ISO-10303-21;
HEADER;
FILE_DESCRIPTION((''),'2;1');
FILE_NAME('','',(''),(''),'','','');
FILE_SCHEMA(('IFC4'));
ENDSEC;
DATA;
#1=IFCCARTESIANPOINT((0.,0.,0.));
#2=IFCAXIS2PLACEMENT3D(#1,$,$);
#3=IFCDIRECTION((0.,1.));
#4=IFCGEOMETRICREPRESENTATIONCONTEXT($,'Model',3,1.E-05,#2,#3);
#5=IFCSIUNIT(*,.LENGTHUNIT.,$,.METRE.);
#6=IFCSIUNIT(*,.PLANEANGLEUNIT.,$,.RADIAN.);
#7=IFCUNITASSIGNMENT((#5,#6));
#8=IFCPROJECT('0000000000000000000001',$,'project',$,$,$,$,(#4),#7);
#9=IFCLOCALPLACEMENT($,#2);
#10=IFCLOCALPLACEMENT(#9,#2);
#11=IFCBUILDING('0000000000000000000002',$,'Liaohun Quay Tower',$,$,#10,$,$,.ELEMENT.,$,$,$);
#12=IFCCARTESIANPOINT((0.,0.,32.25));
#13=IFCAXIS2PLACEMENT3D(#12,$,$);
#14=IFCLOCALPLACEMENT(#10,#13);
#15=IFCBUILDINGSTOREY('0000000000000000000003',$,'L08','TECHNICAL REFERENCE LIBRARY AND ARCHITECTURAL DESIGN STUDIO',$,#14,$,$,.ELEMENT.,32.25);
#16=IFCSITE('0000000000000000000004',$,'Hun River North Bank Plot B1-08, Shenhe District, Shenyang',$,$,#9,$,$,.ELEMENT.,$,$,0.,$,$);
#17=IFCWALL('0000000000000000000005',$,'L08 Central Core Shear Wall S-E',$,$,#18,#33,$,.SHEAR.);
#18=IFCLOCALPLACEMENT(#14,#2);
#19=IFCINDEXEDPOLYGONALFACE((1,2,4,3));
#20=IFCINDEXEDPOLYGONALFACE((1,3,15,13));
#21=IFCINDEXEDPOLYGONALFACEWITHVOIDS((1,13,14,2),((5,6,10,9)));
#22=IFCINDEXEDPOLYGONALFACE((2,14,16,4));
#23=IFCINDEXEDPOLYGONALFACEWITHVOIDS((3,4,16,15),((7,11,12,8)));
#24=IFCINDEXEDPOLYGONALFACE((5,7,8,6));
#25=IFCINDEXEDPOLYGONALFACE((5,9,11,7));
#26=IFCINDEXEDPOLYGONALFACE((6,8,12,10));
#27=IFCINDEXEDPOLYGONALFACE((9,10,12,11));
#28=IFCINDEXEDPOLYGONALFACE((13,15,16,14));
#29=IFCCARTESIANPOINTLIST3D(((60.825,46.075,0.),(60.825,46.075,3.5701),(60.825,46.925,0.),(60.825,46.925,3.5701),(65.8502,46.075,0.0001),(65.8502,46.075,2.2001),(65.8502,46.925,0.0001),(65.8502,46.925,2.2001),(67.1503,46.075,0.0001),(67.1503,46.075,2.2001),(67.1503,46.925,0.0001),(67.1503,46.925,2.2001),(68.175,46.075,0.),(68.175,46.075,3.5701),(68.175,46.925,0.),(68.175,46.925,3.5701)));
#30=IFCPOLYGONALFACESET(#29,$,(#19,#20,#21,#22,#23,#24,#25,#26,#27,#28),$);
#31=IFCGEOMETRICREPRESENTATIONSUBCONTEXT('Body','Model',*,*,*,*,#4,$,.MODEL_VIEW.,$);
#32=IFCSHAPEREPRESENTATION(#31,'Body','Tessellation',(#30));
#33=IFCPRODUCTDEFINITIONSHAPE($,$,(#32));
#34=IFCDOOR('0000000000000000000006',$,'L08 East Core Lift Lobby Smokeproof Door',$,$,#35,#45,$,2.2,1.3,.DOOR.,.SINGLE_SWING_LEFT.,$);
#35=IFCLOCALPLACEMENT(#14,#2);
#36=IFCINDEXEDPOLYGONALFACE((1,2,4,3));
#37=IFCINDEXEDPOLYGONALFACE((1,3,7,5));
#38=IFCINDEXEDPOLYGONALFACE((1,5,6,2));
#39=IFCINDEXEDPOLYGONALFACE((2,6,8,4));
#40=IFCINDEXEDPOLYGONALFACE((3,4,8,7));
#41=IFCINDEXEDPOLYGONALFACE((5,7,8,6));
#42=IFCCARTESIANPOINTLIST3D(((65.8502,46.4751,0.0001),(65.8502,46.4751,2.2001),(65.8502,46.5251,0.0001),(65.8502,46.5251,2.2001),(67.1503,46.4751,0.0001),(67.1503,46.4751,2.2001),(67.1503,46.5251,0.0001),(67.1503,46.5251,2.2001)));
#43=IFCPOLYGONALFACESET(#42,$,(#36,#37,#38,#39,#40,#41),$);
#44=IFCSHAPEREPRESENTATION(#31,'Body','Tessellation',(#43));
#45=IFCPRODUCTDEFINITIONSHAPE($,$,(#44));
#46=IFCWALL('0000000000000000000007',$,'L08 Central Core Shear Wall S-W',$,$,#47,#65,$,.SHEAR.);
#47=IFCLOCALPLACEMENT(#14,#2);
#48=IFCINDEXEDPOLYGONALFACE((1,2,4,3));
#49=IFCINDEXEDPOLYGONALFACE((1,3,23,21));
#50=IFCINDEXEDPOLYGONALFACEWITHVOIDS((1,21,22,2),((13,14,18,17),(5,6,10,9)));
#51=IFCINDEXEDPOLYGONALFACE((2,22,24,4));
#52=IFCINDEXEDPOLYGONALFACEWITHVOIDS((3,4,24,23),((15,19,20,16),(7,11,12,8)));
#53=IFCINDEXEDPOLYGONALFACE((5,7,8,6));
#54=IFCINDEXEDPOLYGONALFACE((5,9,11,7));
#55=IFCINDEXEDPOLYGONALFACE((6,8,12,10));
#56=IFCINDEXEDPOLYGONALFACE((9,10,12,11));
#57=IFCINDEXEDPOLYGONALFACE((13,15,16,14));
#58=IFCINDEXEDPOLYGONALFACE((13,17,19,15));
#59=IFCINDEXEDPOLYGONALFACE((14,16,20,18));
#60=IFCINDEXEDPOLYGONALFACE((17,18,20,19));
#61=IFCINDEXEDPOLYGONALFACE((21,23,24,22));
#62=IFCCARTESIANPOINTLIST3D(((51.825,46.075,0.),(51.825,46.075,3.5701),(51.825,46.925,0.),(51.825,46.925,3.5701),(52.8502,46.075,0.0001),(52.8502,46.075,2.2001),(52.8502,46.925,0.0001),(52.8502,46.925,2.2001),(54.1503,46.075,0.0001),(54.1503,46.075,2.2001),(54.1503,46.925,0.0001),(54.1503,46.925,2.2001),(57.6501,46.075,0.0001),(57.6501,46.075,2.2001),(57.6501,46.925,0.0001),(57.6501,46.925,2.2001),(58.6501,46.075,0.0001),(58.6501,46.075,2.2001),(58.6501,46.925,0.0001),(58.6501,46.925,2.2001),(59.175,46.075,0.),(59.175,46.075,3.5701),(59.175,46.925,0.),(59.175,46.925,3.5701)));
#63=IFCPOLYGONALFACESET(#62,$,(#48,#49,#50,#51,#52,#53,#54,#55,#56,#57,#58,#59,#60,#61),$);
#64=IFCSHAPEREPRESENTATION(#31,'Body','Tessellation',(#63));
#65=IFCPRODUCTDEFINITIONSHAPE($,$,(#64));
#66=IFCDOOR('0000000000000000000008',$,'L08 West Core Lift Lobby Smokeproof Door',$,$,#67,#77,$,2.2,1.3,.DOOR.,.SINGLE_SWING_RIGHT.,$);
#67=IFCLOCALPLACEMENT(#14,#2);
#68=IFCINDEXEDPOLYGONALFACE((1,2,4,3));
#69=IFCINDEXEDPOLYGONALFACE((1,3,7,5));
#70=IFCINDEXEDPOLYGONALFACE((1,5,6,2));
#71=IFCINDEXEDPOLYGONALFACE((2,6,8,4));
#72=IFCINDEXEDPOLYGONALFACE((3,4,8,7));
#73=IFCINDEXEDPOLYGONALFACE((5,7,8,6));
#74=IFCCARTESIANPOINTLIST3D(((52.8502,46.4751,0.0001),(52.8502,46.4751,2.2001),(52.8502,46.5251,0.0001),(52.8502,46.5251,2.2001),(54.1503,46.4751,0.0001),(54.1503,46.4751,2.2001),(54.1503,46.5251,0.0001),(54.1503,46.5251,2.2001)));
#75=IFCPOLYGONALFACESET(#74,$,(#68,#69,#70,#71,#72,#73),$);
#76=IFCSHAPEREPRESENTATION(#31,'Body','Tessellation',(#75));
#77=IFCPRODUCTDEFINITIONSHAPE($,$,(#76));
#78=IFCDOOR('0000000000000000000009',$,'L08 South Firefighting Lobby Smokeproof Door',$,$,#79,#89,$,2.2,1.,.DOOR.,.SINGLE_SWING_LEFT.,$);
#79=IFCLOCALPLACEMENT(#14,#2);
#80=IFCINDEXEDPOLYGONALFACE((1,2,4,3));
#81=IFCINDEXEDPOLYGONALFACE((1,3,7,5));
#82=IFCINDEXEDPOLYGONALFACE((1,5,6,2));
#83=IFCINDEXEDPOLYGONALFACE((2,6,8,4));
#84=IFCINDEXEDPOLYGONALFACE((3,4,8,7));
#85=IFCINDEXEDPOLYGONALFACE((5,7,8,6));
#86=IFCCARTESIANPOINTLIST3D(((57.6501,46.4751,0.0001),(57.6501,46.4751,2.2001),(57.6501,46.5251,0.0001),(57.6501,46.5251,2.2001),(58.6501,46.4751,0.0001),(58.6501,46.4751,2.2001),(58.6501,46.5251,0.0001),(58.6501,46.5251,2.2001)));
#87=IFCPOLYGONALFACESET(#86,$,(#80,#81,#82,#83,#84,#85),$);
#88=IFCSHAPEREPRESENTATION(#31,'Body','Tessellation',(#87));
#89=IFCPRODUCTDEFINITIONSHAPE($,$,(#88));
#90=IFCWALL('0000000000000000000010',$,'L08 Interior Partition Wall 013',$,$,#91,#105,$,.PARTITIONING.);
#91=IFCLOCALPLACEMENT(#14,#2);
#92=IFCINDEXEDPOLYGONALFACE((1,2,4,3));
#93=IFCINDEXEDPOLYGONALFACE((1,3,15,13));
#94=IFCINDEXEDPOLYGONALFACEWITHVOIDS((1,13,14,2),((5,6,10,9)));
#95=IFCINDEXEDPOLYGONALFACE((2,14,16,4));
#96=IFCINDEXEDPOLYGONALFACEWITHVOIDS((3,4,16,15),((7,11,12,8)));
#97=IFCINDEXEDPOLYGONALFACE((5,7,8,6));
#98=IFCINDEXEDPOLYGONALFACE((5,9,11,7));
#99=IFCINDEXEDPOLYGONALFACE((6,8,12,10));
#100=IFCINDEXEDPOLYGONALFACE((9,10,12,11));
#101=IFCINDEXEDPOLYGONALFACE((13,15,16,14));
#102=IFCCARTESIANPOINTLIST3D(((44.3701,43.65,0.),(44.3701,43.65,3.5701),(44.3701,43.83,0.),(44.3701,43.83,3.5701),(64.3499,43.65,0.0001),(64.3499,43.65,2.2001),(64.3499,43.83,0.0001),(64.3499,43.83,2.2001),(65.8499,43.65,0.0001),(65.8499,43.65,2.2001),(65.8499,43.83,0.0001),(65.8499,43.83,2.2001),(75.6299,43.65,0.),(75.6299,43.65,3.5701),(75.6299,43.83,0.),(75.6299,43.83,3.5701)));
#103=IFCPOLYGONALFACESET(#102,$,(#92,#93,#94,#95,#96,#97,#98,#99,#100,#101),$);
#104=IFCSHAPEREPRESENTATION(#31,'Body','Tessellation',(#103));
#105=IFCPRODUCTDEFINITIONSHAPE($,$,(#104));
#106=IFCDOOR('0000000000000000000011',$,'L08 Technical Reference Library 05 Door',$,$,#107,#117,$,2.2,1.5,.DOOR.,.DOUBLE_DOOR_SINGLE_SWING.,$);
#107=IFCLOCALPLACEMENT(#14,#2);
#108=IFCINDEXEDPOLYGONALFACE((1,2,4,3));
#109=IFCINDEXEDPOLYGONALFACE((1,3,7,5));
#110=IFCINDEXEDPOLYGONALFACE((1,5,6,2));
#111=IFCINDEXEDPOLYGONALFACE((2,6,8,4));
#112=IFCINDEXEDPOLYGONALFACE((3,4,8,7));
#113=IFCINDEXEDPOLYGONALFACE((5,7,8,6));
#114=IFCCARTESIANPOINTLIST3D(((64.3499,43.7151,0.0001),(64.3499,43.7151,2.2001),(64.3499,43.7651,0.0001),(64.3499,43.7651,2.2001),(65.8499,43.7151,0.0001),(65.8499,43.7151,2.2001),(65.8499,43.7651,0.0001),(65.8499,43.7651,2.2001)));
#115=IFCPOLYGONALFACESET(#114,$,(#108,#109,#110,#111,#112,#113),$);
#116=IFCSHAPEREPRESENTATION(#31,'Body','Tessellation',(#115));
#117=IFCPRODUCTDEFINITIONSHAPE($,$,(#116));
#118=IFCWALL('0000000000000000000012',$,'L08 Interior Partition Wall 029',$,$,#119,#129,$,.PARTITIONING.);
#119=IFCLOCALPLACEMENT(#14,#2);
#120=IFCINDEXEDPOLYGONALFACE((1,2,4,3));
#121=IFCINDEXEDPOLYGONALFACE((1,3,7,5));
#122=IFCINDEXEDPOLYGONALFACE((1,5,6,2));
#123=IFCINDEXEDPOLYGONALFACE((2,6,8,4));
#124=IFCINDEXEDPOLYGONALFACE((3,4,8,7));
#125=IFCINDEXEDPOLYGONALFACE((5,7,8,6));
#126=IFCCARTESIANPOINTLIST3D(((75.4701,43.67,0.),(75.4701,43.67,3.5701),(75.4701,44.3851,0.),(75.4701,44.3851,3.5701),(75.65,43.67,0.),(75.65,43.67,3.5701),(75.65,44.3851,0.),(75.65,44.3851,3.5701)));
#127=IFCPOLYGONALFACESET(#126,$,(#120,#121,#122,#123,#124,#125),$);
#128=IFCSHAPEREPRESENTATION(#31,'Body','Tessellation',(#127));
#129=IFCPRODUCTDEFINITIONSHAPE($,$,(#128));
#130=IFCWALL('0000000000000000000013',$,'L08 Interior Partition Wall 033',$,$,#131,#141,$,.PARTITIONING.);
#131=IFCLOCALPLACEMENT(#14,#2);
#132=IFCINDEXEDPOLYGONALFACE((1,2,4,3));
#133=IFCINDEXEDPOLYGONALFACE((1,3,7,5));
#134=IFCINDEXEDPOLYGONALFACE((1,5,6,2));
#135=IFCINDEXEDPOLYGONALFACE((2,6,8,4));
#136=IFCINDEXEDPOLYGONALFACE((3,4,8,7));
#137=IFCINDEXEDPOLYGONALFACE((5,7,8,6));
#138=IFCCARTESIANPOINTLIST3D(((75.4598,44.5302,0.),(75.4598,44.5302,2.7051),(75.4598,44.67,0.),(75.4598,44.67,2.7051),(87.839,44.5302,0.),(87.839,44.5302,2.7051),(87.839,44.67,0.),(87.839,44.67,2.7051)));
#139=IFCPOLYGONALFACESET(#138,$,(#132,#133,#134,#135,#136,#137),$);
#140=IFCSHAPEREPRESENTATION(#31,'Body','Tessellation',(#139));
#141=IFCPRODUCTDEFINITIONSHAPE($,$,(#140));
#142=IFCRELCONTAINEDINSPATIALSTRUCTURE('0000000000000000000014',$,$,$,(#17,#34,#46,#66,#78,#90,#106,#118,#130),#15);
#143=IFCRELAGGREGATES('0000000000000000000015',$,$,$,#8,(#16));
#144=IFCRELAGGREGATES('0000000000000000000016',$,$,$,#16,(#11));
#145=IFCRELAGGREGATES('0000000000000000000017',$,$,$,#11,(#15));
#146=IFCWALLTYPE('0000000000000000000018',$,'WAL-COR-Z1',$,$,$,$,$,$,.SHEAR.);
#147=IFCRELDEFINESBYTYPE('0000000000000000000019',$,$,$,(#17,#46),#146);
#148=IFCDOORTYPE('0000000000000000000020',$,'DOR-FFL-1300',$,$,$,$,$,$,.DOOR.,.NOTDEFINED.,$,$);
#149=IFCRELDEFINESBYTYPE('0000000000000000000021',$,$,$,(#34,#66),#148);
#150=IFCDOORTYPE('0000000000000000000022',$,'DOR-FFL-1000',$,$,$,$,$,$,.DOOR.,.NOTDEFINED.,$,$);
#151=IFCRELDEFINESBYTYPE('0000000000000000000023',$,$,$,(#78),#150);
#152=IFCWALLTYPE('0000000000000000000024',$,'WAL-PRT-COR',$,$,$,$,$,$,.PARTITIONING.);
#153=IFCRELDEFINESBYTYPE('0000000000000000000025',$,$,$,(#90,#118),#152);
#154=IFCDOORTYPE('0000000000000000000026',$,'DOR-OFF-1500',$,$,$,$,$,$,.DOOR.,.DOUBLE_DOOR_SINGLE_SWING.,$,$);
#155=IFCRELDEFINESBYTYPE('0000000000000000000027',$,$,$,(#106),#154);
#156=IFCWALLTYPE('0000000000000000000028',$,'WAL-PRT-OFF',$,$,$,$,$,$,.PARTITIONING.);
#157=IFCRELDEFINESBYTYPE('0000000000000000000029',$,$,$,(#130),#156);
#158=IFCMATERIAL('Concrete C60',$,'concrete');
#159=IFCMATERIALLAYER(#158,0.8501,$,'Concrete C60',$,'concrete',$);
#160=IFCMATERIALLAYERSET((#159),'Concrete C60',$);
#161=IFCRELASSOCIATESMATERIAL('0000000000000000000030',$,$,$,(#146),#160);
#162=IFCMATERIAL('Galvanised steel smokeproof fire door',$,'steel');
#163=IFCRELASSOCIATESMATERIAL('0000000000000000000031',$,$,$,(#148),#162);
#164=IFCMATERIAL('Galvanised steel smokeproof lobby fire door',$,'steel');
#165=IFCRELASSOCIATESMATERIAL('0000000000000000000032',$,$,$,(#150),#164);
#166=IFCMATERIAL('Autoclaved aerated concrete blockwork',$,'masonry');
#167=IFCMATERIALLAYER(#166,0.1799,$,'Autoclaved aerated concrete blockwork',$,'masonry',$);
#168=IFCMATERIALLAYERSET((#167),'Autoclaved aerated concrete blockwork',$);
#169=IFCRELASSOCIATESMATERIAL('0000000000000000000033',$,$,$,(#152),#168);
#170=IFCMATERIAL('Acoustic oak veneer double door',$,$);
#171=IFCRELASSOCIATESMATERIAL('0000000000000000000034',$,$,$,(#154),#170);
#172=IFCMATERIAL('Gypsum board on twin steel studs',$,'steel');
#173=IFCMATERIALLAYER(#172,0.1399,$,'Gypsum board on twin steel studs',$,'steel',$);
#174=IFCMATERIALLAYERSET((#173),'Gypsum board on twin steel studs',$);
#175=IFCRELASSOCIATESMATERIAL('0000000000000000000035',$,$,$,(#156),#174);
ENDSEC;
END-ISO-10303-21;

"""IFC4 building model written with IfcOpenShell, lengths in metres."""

from ifc_helpers import new_model, si_unit, direction, frame, frame_2d, origin, place, context, subcontext, project, spatial, rectangle, extrude, source, transform, mapped, material, layer, layer_set, type_object, element, fill, save


model = new_model("IFC4")

# Units and contexts
model_context = context("Model", 3, precision=1e-05, world=origin(), true_north=direction((0.0, 1.0)))
body_context = subcontext(model_context, "Body", "Model", "MODEL_VIEW")
ifc_project = project(units=[si_unit("LENGTHUNIT", "METRE"), si_unit("PLANEANGLEUNIT", "RADIAN")], contexts=[model_context])

# Site, building, storey
site_placement = place(None, origin())
site = spatial("IfcSite", under=ifc_project, at=site_placement, Name="Hun River North Bank Plot B1-08, Shenhe District, Shenyang", CompositionType="ELEMENT", RefElevation=0.0)
building_placement = place(site_placement, origin())
building = spatial("IfcBuilding", under=site, at=building_placement, Name="Liaohun Quay Tower", CompositionType="ELEMENT")
storey_placement = place(building_placement, frame((0.0, 0.0, 32.25)))
storey = spatial("IfcBuildingStorey", under=building, at=storey_placement, Name="L08", Description="TECHNICAL REFERENCE LIBRARY AND ARCHITECTURAL DESIGN STUDIO", CompositionType="ELEMENT", Elevation=32.25)

# Shared definitions
ifc_material_1 = material(Name="Concrete C60", Category="concrete")

# Wall, opening, door
ifc_layer_1 = layer(ifc_material_1, 0.8501, Name="Concrete C60", Category="concrete")
ifc_layer_set_1 = layer_set([ifc_layer_1], Name="Concrete C60")
wall_type_1 = type_object("IfcWallType", Name="WAL-COR-Z1", PredefinedType="SHEAR", material=ifc_layer_set_1)
wall_1_placement = place(storey_placement, frame((68.175, 46.5, 0.0), z_axis=(0.0, 0.0, 1.0), x_axis=(-1.0, 0.0, 0.0)))
wall_1 = element("IfcWall", 1, at=wall_1_placement, inside=storey, type_object=wall_type_1, Name="L08 Central Core Shear Wall S-E", PredefinedType="SHEAR", context=body_context, shape_type="SweptSolid", body=[
    extrude(rectangle(XDim=7.3501, YDim=0.8501, at=frame_2d((3.675, 0.0))), origin(), (0.0, 0.0, 1.0), 3.5701),
])
shared_shape_1 = source(origin(), body_context, "Body", "SweptSolid", [
    extrude(rectangle(XDim=1.3, YDim=2.2, at=frame_2d((0.6499, 1.1001))), frame((0.0, 0.4351, 0.0), z_axis=(0.0, -1.0, 0.0), x_axis=(1.0, 0.0, 0.0)), (0.0, 0.0, 1.0), 0.8701),
])
opening_1_placement = place(wall_1_placement, frame((1.0249, 0.0, 0.0)))
opening_1 = element("IfcOpeningElement", 2, at=opening_1_placement, cuts=wall_1, PredefinedType="OPENING", context=body_context, shape_type="MappedRepresentation", body=[
    mapped(shared_shape_1, transform((0.0, 0.0, 0.0), x_axis=(1.0, 0.0, 0.0), y_axis=(0.0, 1.0, 0.0), z_axis=(0.0, 0.0, 1.0), scale=1.0)),
])
ifc_material_2 = material(Name="Galvanised steel smokeproof fire door", Category="steel")
door_type_1 = type_object("IfcDoorType", Name="DOR-FFL-1300", OperationType="NOTDEFINED", PredefinedType="DOOR", material=ifc_material_2)
shared_shape_2 = source(origin(), body_context, "Body", "SweptSolid", [
    extrude(rectangle(XDim=1.3, YDim=2.2, at=frame_2d((0.6499, 1.1001))), frame((0.0, 0.0249, 0.0), z_axis=(0.0, -1.0, 0.0), x_axis=(1.0, 0.0, 0.0)), (0.0, 0.0, 1.0), 0.05),
])
door_1_placement = place(opening_1_placement, origin())
door_1 = element("IfcDoor", 3, at=door_1_placement, inside=storey, type_object=door_type_1, Name="L08 East Core Lift Lobby Smokeproof Door", OperationType="SINGLE_SWING_LEFT", OverallHeight=2.2, OverallWidth=1.3, PredefinedType="DOOR", context=body_context, shape_type="MappedRepresentation", body=[
    mapped(shared_shape_2, transform((0.0, 0.0, 0.0), x_axis=(1.0, 0.0, 0.0), y_axis=(0.0, 1.0, 0.0), z_axis=(0.0, 0.0, 1.0), scale=1.0)),
])
fill(opening_1, door_1)

# Wall, openings, doors
wall_2_placement = place(storey_placement, frame((59.175, 46.5, 0.0), z_axis=(0.0, 0.0, 1.0), x_axis=(-1.0, 0.0, 0.0)))
wall_2 = element("IfcWall", 4, at=wall_2_placement, inside=storey, type_object=wall_type_1, Name="L08 Central Core Shear Wall S-W", PredefinedType="SHEAR", context=body_context, shape_type="SweptSolid", body=[
    extrude(rectangle(XDim=7.3501, YDim=0.8501, at=frame_2d((3.675, 0.0))), origin(), (0.0, 0.0, 1.0), 3.5701),
])
opening_2_placement = place(wall_2_placement, frame((5.0249, 0.0, 0.0)))
opening_2 = element("IfcOpeningElement", 5, at=opening_2_placement, cuts=wall_2, PredefinedType="OPENING", context=body_context, shape_type="MappedRepresentation", body=[
    mapped(shared_shape_1, transform((0.0, 0.0, 0.0), x_axis=(1.0, 0.0, 0.0), y_axis=(0.0, 1.0, 0.0), z_axis=(0.0, 0.0, 1.0), scale=1.0)),
])
shared_shape_3 = source(origin(), body_context, "Body", "SweptSolid", [
    extrude(rectangle(XDim=1.0, YDim=2.2, at=frame_2d((0.5, 1.1001))), frame((0.0, 0.4351, 0.0), z_axis=(0.0, -1.0, 0.0), x_axis=(1.0, 0.0, 0.0)), (0.0, 0.0, 1.0), 0.8701),
])
opening_3_placement = place(wall_2_placement, frame((0.5249, 0.0, 0.0)))
opening_3 = element("IfcOpeningElement", 6, at=opening_3_placement, cuts=wall_2, PredefinedType="OPENING", context=body_context, shape_type="MappedRepresentation", body=[
    mapped(shared_shape_3, transform((0.0, 0.0, 0.0), x_axis=(1.0, 0.0, 0.0), y_axis=(0.0, 1.0, 0.0), z_axis=(0.0, 0.0, 1.0), scale=1.0)),
])
door_2_placement = place(opening_2_placement, origin())
door_2 = element("IfcDoor", 7, at=door_2_placement, inside=storey, type_object=door_type_1, Name="L08 West Core Lift Lobby Smokeproof Door", OperationType="SINGLE_SWING_RIGHT", OverallHeight=2.2, OverallWidth=1.3, PredefinedType="DOOR", context=body_context, shape_type="MappedRepresentation", body=[
    mapped(shared_shape_2, transform((0.0, 0.0, 0.0), x_axis=(1.0, 0.0, 0.0), y_axis=(0.0, 1.0, 0.0), z_axis=(0.0, 0.0, 1.0), scale=1.0)),
])
fill(opening_2, door_2)
ifc_material_3 = material(Name="Galvanised steel smokeproof lobby fire door", Category="steel")
door_type_2 = type_object("IfcDoorType", Name="DOR-FFL-1000", OperationType="NOTDEFINED", PredefinedType="DOOR", material=ifc_material_3)
shared_shape_4 = source(origin(), body_context, "Body", "SweptSolid", [
    extrude(rectangle(XDim=1.0, YDim=2.2, at=frame_2d((0.5, 1.1001))), frame((0.0, 0.0249, 0.0), z_axis=(0.0, -1.0, 0.0), x_axis=(1.0, 0.0, 0.0)), (0.0, 0.0, 1.0), 0.05),
])
door_3_placement = place(opening_3_placement, origin())
door_3 = element("IfcDoor", 8, at=door_3_placement, inside=storey, type_object=door_type_2, Name="L08 South Firefighting Lobby Smokeproof Door", OperationType="SINGLE_SWING_LEFT", OverallHeight=2.2, OverallWidth=1.0, PredefinedType="DOOR", context=body_context, shape_type="MappedRepresentation", body=[
    mapped(shared_shape_4, transform((0.0, 0.0, 0.0), x_axis=(1.0, 0.0, 0.0), y_axis=(0.0, 1.0, 0.0), z_axis=(0.0, 0.0, 1.0), scale=1.0)),
])
fill(opening_3, door_3)

# Wall, opening, door
ifc_material_4 = material(Name="Autoclaved aerated concrete blockwork", Category="masonry")
ifc_layer_2 = layer(ifc_material_4, 0.1799, Name="Autoclaved aerated concrete blockwork", Category="masonry")
ifc_layer_set_2 = layer_set([ifc_layer_2], Name="Autoclaved aerated concrete blockwork")
wall_type_2 = type_object("IfcWallType", Name="WAL-PRT-COR", PredefinedType="PARTITIONING", material=ifc_layer_set_2)
wall_3_placement = place(storey_placement, frame((75.6299, 43.74, 0.0), z_axis=(0.0, 0.0, 1.0), x_axis=(-1.0, 0.0, 0.0)))
wall_3 = element("IfcWall", 9, at=wall_3_placement, inside=storey, type_object=wall_type_2, Name="L08 Interior Partition Wall 013", PredefinedType="PARTITIONING", context=body_context, shape_type="SweptSolid", body=[
    extrude(rectangle(XDim=31.2598, YDim=0.1799, at=frame_2d((15.6299, 0.0))), origin(), (0.0, 0.0, 1.0), 3.5701),
])
shared_shape_5 = source(origin(), body_context, "Body", "SweptSolid", [
    extrude(rectangle(XDim=1.5, YDim=2.2, at=frame_2d((0.75, 1.1001))), frame((0.0, 0.0999, 0.0), z_axis=(0.0, -1.0, 0.0), x_axis=(1.0, 0.0, 0.0)), (0.0, 0.0, 1.0), 0.2),
])
opening_4_placement = place(wall_3_placement, frame((9.78, 0.0, 0.0)))
opening_4 = element("IfcOpeningElement", 10, at=opening_4_placement, cuts=wall_3, PredefinedType="OPENING", context=body_context, shape_type="MappedRepresentation", body=[
    mapped(shared_shape_5, transform((0.0, 0.0, 0.0), x_axis=(1.0, 0.0, 0.0), y_axis=(0.0, 1.0, 0.0), z_axis=(0.0, 0.0, 1.0), scale=1.0)),
])
ifc_material_5 = material(Name="Acoustic oak veneer double door")
door_type_3 = type_object("IfcDoorType", Name="DOR-OFF-1500", OperationType="DOUBLE_DOOR_SINGLE_SWING", PredefinedType="DOOR", material=ifc_material_5)
shared_shape_6 = source(origin(), body_context, "Body", "SweptSolid", [
    extrude(rectangle(XDim=1.5, YDim=2.2, at=frame_2d((0.75, 1.1001))), frame((0.0, 0.0249, 0.0), z_axis=(0.0, -1.0, 0.0), x_axis=(1.0, 0.0, 0.0)), (0.0, 0.0, 1.0), 0.05),
])
door_4_placement = place(opening_4_placement, origin())
door_4 = element("IfcDoor", 11, at=door_4_placement, inside=storey, type_object=door_type_3, Name="L08 Technical Reference Library 05 Door", OperationType="DOUBLE_DOOR_SINGLE_SWING", OverallHeight=2.2, OverallWidth=1.5, PredefinedType="DOOR", context=body_context, shape_type="MappedRepresentation", body=[
    mapped(shared_shape_6, transform((0.0, 0.0, 0.0), x_axis=(1.0, 0.0, 0.0), y_axis=(0.0, 1.0, 0.0), z_axis=(0.0, 0.0, 1.0), scale=1.0)),
])
fill(opening_4, door_4)

# Walls
wall_4_placement = place(storey_placement, frame((75.5601, 44.385, 0.0), z_axis=(0.0, 0.0, 1.0), x_axis=(0.0, -1.0, 0.0)))
element("IfcWall", 12, at=wall_4_placement, inside=storey, type_object=wall_type_2, Name="L08 Interior Partition Wall 029", PredefinedType="PARTITIONING", context=body_context, shape_type="SweptSolid", body=[
    extrude(rectangle(XDim=0.7151, YDim=0.1799, at=frame_2d((0.3574, 0.0))), origin(), (0.0, 0.0, 1.0), 3.5701),
])
ifc_material_6 = material(Name="Gypsum board on twin steel studs", Category="steel")
ifc_layer_3 = layer(ifc_material_6, 0.1399, Name="Gypsum board on twin steel studs", Category="steel")
ifc_layer_set_3 = layer_set([ifc_layer_3], Name="Gypsum board on twin steel studs")
wall_type_3 = type_object("IfcWallType", Name="WAL-PRT-OFF", PredefinedType="PARTITIONING", material=ifc_layer_set_3)
wall_5_placement = place(storey_placement, frame((75.46, 44.6001, 0.0), z_axis=(0.0, 0.0, 1.0), x_axis=(1.0, 0.0, 0.0)))
element("IfcWall", 13, at=wall_5_placement, inside=storey, type_object=wall_type_3, Name="L08 Interior Partition Wall 033", PredefinedType="PARTITIONING", context=body_context, shape_type="SweptSolid", body=[
    extrude(rectangle(XDim=12.3792, YDim=0.1399, at=frame_2d((6.1895, 0.0))), origin(), (0.0, 0.0, 1.0), 2.7051),
])

save(model, "model.ifc")
